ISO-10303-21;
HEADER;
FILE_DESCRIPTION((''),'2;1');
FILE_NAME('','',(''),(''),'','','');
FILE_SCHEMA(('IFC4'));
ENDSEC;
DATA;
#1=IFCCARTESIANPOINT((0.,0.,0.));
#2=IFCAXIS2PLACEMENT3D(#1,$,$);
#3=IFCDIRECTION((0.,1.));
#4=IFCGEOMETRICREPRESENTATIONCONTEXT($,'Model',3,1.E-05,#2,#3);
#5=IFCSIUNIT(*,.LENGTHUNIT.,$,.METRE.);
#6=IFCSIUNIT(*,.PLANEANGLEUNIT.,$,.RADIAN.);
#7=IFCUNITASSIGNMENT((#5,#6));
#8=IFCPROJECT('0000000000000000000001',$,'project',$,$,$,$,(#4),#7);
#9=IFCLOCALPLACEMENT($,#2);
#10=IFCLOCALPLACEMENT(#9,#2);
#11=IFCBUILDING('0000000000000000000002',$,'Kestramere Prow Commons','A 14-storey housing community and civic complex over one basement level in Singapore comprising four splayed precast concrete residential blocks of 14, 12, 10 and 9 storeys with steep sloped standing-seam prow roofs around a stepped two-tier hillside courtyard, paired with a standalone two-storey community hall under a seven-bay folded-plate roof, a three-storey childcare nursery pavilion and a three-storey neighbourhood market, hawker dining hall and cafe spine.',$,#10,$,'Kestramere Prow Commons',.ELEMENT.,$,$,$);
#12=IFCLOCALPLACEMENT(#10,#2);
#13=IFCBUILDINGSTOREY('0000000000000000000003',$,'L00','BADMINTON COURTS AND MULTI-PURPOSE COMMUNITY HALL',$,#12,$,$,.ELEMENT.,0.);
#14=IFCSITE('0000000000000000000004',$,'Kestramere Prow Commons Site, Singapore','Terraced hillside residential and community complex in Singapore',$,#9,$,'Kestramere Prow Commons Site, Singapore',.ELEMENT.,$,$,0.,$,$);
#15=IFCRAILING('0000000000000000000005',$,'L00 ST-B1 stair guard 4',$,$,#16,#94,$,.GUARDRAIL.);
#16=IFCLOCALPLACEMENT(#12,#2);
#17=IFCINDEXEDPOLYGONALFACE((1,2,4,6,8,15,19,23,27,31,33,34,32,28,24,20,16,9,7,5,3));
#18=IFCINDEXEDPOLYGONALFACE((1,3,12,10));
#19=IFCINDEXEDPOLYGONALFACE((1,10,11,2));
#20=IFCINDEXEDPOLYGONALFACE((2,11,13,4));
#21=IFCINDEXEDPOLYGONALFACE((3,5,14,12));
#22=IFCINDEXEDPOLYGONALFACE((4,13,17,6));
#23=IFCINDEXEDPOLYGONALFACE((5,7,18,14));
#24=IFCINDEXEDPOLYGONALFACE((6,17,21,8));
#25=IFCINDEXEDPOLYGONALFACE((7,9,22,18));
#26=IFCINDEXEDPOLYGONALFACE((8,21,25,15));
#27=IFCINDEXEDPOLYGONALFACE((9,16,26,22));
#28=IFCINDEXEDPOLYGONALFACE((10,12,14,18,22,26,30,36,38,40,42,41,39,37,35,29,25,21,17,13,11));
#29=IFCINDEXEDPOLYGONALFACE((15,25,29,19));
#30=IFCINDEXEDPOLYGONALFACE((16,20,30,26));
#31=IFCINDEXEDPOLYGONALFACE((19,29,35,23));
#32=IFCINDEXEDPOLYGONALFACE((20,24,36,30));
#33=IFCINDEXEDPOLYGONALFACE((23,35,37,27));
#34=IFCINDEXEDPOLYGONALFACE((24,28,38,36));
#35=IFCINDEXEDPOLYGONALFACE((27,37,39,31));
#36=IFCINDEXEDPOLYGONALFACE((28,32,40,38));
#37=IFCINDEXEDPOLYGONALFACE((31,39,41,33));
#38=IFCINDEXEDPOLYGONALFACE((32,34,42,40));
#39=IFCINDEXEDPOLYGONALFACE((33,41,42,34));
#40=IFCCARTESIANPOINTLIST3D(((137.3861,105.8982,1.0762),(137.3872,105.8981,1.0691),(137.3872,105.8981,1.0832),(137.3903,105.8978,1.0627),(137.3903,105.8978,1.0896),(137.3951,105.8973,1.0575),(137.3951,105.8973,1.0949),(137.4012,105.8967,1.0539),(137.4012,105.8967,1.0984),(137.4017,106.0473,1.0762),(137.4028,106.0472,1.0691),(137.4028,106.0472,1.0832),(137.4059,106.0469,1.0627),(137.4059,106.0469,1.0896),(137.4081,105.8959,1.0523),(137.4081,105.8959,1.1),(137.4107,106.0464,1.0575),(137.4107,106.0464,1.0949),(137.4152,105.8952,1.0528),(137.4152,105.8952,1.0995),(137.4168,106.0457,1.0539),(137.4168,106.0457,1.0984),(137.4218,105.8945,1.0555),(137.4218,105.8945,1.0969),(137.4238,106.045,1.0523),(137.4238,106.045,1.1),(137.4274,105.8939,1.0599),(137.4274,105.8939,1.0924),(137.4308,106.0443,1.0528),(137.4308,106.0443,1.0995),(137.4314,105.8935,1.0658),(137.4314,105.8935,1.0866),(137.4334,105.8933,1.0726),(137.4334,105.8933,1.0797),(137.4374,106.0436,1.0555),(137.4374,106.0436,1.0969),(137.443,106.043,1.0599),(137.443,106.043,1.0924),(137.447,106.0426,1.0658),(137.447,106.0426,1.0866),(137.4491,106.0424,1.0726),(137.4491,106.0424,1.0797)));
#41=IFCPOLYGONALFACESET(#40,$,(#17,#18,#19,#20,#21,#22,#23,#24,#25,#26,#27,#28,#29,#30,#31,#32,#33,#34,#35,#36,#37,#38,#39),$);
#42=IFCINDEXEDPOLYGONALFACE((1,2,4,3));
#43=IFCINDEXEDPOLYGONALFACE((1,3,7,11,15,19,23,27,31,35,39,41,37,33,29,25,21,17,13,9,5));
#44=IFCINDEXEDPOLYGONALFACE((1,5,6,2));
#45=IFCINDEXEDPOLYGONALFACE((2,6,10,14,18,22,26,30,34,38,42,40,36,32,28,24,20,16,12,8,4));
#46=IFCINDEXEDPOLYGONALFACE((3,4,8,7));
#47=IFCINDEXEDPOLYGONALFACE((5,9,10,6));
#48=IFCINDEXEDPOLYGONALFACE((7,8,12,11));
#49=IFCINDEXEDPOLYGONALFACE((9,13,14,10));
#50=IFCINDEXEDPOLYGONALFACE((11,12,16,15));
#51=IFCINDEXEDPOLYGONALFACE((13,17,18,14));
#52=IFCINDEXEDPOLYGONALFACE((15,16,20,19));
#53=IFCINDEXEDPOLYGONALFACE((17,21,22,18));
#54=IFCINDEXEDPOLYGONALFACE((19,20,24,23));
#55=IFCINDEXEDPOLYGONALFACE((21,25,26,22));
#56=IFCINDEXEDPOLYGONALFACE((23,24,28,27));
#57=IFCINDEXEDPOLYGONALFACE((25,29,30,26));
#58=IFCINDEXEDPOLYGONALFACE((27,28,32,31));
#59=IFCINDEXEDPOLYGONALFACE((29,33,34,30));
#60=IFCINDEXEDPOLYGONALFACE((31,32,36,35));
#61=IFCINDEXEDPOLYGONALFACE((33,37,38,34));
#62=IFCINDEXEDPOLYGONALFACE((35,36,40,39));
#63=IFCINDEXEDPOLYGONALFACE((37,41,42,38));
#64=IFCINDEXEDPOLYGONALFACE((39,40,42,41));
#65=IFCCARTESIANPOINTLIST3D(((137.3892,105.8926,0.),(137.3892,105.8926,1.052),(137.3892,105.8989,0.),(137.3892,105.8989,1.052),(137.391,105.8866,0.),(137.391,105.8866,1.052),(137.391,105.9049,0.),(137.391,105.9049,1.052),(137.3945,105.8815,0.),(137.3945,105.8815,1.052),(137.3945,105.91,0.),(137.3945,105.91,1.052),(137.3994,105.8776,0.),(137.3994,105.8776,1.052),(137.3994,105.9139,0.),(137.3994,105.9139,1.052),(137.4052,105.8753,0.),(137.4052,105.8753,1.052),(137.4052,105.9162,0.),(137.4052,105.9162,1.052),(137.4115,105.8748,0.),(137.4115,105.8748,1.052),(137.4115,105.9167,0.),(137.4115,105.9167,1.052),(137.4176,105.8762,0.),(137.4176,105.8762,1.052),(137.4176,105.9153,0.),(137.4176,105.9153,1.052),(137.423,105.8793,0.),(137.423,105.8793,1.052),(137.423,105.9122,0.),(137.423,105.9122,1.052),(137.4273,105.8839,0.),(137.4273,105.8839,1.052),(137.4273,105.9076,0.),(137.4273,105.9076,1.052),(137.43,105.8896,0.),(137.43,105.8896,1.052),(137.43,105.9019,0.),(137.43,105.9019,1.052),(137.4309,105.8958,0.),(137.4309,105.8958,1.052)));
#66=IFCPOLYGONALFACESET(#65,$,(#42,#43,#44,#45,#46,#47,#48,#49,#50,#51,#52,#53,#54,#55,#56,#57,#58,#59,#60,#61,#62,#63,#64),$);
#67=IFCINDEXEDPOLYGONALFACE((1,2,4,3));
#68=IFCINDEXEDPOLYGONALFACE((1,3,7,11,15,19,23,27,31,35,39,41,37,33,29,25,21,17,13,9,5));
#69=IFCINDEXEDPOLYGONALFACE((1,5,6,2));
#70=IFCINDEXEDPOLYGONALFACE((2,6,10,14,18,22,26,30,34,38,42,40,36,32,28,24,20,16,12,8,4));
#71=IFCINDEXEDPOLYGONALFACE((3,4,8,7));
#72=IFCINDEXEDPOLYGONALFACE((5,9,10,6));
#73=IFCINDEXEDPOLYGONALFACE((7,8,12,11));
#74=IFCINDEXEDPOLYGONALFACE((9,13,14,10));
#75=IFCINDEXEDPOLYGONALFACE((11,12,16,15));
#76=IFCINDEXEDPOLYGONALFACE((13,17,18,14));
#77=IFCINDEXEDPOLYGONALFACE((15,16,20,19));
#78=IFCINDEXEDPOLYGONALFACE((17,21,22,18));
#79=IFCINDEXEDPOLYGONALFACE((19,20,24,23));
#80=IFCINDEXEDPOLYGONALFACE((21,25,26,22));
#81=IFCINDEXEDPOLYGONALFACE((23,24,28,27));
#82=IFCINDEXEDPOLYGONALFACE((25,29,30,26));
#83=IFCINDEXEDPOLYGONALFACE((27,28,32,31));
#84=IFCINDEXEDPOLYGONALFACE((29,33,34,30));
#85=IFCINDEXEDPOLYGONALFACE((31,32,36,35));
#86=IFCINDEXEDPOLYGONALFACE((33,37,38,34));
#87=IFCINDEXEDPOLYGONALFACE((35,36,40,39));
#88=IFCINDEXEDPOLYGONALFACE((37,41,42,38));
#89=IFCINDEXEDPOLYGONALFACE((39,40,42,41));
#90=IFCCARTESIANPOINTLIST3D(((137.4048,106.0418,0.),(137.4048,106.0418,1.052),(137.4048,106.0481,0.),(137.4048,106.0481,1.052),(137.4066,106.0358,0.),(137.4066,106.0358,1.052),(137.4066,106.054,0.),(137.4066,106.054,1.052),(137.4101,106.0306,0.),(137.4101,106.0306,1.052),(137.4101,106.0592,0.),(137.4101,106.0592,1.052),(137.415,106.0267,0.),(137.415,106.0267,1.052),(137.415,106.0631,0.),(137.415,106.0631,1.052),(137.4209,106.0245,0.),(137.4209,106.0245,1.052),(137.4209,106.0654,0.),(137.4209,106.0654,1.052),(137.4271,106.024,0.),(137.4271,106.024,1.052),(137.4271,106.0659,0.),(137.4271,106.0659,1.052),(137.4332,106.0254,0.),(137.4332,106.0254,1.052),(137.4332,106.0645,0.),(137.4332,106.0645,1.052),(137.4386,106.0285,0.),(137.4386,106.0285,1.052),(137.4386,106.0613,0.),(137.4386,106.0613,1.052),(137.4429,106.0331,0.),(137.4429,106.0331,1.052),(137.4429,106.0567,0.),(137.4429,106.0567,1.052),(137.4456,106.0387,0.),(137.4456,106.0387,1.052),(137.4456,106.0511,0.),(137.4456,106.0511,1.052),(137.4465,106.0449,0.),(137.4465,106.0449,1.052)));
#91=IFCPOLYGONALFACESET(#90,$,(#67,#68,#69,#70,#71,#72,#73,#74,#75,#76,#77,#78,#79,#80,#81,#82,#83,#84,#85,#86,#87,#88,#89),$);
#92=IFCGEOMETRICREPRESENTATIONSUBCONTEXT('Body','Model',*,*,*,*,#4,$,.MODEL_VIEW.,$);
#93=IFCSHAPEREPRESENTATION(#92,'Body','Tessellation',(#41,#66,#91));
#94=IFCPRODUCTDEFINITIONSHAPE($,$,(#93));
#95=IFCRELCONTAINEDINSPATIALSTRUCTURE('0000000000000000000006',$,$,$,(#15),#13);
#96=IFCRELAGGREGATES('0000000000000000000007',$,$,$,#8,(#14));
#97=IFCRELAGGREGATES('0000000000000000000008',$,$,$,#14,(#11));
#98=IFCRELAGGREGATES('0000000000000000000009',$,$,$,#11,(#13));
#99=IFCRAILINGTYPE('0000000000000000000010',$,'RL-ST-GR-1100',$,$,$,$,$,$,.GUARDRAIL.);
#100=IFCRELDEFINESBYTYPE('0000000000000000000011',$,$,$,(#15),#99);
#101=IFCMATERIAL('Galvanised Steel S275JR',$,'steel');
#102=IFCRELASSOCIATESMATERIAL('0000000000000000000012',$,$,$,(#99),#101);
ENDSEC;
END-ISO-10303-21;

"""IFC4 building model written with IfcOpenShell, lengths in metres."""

from ifc_helpers import new_model, si_unit, direction, frame, origin, origin_2d, place, context, subcontext, project, spatial, circle, extrude, material, type_object, element, save


model = new_model("IFC4")

# Units and contexts
model_context = context("Model", 3, precision=1e-05, world=origin(), true_north=direction((0.0, 1.0)))
body_context = subcontext(model_context, "Body", "Model", "MODEL_VIEW")
ifc_project = project(units=[si_unit("LENGTHUNIT", "METRE"), si_unit("PLANEANGLEUNIT", "RADIAN")], contexts=[model_context])

# Site, building, storey
site_placement = place(None, origin())
site = spatial("IfcSite", under=ifc_project, at=site_placement, Name="Kestramere Prow Commons Site, Singapore", Description="Terraced hillside residential and community complex in Singapore", LongName="Kestramere Prow Commons Site, Singapore", CompositionType="ELEMENT", RefElevation=0.0)
building_placement = place(site_placement, origin())
building = spatial("IfcBuilding", under=site, at=building_placement, Name="Kestramere Prow Commons", Description="A 14-storey housing community and civic complex over one basement level in Singapore comprising four splayed precast concrete residential blocks of 14, 12, 10 and 9 storeys with steep sloped standing-seam prow roofs around a stepped two-tier hillside courtyard, paired with a standalone two-storey community hall under a seven-bay folded-plate roof, a three-storey childcare nursery pavilion and a three-storey neighbourhood market, hawker dining hall and cafe spine.", LongName="Kestramere Prow Commons", CompositionType="ELEMENT")
storey_placement = place(building_placement, origin())
storey = spatial("IfcBuildingStorey", under=building, at=storey_placement, Name="L00", Description="BADMINTON COURTS AND MULTI-PURPOSE COMMUNITY HALL", CompositionType="ELEMENT", Elevation=0.0)

# Railing
ifc_material_1 = material(Name="Galvanised Steel S275JR", Category="steel")
railing_type_1 = type_object("IfcRailingType", Name="RL-ST-GR-1100", PredefinedType="GUARDRAIL", material=ifc_material_1)
railing_1_placement = place(storey_placement, frame((137.4099, 105.8958, 0.0)))
element("IfcRailing", 1, at=railing_1_placement, inside=storey, type_object=railing_type_1, Name="L00 ST-B1 stair guard 4", PredefinedType="GUARDRAIL", context=body_context, shape_type="SweptSolid", body=[
    extrude(circle(Radius=0.0239, at=origin_2d()), frame((0.0, 0.0, 1.0762), z_axis=(0.104176, 0.994559, 0.0), x_axis=(-0.994559, 0.104176, 0.0)), (0.0, 0.0, 1.0), 0.1499),
    extrude(circle(Radius=0.021, at=origin_2d()), origin(), (0.0, 0.0, 1.0), 1.052),
    extrude(circle(Radius=0.021, at=origin_2d()), frame((0.0156, 0.1492, 0.0)), (0.0, 0.0, 1.0), 1.052),
])

save(model, "model.ifc")
